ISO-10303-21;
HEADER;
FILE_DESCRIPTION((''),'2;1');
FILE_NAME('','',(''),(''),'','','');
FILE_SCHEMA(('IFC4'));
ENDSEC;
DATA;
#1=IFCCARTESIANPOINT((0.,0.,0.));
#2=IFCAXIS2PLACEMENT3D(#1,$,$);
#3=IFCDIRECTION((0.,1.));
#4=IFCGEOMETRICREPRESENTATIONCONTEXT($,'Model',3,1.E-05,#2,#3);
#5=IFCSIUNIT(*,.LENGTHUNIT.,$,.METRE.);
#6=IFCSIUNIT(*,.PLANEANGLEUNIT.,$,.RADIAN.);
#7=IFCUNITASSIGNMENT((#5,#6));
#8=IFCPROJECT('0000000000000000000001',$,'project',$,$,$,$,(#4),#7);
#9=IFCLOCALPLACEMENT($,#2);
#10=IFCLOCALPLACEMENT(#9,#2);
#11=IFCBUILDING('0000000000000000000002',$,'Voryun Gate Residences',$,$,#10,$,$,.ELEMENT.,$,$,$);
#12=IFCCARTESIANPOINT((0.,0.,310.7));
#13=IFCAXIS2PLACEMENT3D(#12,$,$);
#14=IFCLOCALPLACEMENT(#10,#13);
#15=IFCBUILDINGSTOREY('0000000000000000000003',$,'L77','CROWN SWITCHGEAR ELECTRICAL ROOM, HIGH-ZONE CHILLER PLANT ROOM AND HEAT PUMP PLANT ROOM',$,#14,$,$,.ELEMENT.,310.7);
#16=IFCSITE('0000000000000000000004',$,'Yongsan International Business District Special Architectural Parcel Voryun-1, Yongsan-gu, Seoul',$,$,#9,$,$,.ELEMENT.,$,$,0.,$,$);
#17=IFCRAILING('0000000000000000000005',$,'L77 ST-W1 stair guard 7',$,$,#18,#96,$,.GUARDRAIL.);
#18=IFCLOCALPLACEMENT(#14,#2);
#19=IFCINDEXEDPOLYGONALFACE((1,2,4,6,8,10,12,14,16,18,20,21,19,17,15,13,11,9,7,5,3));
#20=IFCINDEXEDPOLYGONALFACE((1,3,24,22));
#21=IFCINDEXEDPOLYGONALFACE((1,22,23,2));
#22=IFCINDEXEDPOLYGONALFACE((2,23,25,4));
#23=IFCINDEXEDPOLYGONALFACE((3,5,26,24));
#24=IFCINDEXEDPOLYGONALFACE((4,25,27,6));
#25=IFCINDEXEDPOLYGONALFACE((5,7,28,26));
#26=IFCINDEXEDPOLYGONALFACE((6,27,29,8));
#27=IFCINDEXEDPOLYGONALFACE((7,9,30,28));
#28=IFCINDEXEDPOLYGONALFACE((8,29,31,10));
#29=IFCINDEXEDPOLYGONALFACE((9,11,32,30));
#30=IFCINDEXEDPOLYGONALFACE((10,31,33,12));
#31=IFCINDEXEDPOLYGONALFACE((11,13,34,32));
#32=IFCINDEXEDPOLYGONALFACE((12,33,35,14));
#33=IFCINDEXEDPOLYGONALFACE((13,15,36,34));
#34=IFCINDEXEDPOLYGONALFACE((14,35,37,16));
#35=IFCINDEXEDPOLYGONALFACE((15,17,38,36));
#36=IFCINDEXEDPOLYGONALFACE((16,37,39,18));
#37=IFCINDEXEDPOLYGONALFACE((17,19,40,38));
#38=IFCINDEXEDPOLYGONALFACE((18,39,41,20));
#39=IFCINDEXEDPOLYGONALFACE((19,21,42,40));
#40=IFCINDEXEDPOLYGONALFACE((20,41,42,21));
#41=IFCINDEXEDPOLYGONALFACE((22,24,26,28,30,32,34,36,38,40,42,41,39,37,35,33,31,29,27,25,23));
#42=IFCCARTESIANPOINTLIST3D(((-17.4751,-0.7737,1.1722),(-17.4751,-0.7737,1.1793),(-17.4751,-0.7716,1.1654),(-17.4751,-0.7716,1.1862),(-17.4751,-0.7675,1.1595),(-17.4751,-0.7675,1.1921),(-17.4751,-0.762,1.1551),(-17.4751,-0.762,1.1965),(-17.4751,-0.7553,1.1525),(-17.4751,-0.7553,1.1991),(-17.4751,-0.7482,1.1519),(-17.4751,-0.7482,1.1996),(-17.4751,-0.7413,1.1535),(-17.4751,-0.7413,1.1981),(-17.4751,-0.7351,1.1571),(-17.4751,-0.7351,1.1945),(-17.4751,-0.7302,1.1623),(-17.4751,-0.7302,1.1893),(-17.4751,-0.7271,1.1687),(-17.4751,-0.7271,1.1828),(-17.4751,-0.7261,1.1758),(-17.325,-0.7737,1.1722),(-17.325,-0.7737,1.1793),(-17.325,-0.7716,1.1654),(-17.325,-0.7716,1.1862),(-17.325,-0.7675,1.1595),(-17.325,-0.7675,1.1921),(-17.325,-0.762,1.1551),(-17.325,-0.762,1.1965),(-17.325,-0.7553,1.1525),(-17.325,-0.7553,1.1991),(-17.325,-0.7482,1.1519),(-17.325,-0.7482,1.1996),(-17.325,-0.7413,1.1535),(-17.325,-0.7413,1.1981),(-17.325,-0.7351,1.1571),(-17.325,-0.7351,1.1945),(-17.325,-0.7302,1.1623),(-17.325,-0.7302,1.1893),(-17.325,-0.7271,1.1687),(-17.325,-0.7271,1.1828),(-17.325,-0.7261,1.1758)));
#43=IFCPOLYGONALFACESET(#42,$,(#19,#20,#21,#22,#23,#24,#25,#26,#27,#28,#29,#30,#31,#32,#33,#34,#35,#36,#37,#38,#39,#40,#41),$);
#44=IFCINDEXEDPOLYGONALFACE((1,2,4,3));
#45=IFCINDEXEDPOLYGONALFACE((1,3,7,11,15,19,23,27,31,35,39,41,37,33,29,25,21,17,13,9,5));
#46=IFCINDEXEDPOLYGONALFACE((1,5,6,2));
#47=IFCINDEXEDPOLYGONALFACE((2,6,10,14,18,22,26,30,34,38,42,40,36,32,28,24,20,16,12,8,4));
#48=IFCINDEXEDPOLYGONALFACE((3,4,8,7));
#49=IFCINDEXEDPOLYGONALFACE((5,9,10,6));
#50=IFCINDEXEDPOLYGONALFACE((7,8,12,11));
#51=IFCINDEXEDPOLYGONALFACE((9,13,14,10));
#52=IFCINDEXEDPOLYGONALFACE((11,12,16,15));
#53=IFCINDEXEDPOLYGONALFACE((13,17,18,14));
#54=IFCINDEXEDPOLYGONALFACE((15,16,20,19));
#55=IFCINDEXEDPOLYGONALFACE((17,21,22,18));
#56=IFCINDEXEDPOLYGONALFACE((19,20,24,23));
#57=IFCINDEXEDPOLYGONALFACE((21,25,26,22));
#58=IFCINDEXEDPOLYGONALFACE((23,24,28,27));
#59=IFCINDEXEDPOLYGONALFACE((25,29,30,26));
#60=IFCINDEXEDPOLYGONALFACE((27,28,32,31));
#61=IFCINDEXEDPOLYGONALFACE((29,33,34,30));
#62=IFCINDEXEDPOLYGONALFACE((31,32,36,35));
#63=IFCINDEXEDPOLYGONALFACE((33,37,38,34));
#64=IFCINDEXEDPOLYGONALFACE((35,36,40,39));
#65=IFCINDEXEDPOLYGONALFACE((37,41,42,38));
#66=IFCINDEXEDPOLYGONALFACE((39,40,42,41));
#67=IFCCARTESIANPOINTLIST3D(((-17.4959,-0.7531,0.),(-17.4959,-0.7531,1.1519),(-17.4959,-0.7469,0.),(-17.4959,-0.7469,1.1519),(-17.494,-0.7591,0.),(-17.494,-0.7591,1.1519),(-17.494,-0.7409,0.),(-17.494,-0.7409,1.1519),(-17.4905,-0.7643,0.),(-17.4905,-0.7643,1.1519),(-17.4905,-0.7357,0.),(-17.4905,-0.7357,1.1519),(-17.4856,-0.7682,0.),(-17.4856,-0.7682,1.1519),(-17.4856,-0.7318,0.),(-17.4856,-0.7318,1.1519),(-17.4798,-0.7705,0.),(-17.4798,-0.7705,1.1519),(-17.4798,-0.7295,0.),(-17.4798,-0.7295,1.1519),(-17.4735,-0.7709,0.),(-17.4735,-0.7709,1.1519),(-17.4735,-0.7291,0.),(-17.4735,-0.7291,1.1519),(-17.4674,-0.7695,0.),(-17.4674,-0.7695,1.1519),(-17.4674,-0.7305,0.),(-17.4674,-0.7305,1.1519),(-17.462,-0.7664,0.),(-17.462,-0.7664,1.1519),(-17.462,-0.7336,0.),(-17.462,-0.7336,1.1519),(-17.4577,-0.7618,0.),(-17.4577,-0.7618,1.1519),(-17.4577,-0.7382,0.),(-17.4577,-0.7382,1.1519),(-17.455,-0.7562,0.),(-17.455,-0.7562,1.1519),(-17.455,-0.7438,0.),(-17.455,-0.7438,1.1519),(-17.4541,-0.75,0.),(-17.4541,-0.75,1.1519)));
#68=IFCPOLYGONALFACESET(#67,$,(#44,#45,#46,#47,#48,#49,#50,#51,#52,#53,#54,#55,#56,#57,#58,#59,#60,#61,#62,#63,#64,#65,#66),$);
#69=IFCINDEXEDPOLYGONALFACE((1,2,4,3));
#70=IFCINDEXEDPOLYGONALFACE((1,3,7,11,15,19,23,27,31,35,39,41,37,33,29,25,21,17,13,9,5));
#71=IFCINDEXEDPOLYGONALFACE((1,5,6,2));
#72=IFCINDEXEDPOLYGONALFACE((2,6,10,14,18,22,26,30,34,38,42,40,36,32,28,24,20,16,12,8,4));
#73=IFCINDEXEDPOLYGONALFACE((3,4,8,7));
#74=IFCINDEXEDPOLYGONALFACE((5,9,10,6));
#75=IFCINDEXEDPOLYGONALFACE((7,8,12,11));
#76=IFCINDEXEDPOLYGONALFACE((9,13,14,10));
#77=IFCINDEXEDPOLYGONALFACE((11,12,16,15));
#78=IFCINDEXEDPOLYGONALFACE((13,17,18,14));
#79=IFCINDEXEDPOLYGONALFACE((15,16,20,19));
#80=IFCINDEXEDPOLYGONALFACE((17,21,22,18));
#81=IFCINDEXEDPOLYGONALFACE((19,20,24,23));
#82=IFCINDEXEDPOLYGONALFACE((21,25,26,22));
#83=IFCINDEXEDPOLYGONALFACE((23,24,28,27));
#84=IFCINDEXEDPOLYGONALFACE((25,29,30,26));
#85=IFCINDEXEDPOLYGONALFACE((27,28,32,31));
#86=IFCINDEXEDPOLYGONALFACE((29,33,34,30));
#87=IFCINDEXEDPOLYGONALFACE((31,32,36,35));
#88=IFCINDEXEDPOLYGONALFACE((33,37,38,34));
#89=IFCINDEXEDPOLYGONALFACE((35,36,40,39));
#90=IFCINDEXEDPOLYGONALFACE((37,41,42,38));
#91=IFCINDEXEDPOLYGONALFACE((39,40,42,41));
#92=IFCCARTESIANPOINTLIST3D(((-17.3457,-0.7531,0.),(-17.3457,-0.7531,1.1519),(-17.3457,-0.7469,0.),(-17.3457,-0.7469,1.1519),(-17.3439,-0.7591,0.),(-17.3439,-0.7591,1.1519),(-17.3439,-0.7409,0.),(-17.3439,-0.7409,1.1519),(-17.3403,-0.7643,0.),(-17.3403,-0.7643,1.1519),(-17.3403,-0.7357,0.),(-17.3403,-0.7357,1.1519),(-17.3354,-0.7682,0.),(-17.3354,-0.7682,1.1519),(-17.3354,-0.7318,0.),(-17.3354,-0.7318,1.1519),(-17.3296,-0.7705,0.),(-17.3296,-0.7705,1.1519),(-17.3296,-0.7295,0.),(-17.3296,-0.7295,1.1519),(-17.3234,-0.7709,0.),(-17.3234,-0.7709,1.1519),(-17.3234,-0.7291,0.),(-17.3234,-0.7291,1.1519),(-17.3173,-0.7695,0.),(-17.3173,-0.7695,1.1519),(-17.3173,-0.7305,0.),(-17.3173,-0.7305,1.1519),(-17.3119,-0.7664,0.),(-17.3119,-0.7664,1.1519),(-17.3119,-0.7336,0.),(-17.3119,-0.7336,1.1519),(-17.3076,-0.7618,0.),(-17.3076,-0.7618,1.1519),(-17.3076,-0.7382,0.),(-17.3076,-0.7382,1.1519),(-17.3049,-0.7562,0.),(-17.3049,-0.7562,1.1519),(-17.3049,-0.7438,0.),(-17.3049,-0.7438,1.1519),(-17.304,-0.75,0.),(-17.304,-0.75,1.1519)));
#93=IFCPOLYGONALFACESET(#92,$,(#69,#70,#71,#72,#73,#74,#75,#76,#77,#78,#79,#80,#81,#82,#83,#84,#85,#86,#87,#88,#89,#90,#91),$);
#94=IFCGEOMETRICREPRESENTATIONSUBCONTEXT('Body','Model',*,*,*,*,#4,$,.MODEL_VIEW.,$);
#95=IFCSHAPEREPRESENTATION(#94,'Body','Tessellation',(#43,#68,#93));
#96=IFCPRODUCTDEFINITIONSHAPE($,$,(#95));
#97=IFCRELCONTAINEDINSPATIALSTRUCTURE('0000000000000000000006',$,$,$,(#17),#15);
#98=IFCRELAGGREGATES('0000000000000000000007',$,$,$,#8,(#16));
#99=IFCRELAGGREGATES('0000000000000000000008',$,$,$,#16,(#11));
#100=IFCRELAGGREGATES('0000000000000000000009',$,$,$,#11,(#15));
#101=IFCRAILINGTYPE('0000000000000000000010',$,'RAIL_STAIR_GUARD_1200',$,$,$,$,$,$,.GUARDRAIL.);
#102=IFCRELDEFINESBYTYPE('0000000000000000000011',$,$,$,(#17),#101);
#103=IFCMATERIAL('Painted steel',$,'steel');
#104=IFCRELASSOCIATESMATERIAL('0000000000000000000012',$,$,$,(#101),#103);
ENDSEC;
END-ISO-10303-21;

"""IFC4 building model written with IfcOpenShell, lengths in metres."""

from ifc_helpers import new_model, si_unit, direction, frame, origin, origin_2d, place, context, subcontext, project, spatial, circle, extrude, material, type_object, element, save


model = new_model("IFC4")

# Units and contexts
model_context = context("Model", 3, precision=1e-05, world=origin(), true_north=direction((0.0, 1.0)))
body_context = subcontext(model_context, "Body", "Model", "MODEL_VIEW")
ifc_project = project(units=[si_unit("LENGTHUNIT", "METRE"), si_unit("PLANEANGLEUNIT", "RADIAN")], contexts=[model_context])

# Site, building, storey
site_placement = place(None, origin())
site = spatial("IfcSite", under=ifc_project, at=site_placement, Name="Yongsan International Business District Special Architectural Parcel Voryun-1, Yongsan-gu, Seoul", CompositionType="ELEMENT", RefElevation=0.0)
building_placement = place(site_placement, origin())
building = spatial("IfcBuilding", under=site, at=building_placement, Name="Voryun Gate Residences", CompositionType="ELEMENT")
storey_placement = place(building_placement, frame((0.0, 0.0, 310.7)))
storey = spatial("IfcBuildingStorey", under=building, at=storey_placement, Name="L77", Description="CROWN SWITCHGEAR ELECTRICAL ROOM, HIGH-ZONE CHILLER PLANT ROOM AND HEAT PUMP PLANT ROOM", CompositionType="ELEMENT", Elevation=310.7)

# Railing
ifc_material_1 = material(Name="Painted steel", Category="steel")
railing_type_1 = type_object("IfcRailingType", Name="RAIL_STAIR_GUARD_1200", PredefinedType="GUARDRAIL", material=ifc_material_1)
railing_1_placement = place(storey_placement, frame((-17.4751, -0.75, 0.0)))
element("IfcRailing", 1, at=railing_1_placement, inside=storey, type_object=railing_type_1, Name="L77 ST-W1 stair guard 7", PredefinedType="GUARDRAIL", context=body_context, shape_type="SweptSolid", body=[
    extrude(circle(Radius=0.0239, at=origin_2d()), frame((0.0, 0.0, 1.1758), z_axis=(1.0, 0.0, 0.0), x_axis=(0.0, 1.0, 0.0)), (0.0, 0.0, 1.0), 0.1501),
    extrude(circle(Radius=0.021, at=origin_2d()), origin(), (0.0, 0.0, 1.0), 1.1519),
    extrude(circle(Radius=0.021, at=origin_2d()), frame((0.1501, 0.0, 0.0)), (0.0, 0.0, 1.0), 1.1519),
])

save(model, "model.ifc")
